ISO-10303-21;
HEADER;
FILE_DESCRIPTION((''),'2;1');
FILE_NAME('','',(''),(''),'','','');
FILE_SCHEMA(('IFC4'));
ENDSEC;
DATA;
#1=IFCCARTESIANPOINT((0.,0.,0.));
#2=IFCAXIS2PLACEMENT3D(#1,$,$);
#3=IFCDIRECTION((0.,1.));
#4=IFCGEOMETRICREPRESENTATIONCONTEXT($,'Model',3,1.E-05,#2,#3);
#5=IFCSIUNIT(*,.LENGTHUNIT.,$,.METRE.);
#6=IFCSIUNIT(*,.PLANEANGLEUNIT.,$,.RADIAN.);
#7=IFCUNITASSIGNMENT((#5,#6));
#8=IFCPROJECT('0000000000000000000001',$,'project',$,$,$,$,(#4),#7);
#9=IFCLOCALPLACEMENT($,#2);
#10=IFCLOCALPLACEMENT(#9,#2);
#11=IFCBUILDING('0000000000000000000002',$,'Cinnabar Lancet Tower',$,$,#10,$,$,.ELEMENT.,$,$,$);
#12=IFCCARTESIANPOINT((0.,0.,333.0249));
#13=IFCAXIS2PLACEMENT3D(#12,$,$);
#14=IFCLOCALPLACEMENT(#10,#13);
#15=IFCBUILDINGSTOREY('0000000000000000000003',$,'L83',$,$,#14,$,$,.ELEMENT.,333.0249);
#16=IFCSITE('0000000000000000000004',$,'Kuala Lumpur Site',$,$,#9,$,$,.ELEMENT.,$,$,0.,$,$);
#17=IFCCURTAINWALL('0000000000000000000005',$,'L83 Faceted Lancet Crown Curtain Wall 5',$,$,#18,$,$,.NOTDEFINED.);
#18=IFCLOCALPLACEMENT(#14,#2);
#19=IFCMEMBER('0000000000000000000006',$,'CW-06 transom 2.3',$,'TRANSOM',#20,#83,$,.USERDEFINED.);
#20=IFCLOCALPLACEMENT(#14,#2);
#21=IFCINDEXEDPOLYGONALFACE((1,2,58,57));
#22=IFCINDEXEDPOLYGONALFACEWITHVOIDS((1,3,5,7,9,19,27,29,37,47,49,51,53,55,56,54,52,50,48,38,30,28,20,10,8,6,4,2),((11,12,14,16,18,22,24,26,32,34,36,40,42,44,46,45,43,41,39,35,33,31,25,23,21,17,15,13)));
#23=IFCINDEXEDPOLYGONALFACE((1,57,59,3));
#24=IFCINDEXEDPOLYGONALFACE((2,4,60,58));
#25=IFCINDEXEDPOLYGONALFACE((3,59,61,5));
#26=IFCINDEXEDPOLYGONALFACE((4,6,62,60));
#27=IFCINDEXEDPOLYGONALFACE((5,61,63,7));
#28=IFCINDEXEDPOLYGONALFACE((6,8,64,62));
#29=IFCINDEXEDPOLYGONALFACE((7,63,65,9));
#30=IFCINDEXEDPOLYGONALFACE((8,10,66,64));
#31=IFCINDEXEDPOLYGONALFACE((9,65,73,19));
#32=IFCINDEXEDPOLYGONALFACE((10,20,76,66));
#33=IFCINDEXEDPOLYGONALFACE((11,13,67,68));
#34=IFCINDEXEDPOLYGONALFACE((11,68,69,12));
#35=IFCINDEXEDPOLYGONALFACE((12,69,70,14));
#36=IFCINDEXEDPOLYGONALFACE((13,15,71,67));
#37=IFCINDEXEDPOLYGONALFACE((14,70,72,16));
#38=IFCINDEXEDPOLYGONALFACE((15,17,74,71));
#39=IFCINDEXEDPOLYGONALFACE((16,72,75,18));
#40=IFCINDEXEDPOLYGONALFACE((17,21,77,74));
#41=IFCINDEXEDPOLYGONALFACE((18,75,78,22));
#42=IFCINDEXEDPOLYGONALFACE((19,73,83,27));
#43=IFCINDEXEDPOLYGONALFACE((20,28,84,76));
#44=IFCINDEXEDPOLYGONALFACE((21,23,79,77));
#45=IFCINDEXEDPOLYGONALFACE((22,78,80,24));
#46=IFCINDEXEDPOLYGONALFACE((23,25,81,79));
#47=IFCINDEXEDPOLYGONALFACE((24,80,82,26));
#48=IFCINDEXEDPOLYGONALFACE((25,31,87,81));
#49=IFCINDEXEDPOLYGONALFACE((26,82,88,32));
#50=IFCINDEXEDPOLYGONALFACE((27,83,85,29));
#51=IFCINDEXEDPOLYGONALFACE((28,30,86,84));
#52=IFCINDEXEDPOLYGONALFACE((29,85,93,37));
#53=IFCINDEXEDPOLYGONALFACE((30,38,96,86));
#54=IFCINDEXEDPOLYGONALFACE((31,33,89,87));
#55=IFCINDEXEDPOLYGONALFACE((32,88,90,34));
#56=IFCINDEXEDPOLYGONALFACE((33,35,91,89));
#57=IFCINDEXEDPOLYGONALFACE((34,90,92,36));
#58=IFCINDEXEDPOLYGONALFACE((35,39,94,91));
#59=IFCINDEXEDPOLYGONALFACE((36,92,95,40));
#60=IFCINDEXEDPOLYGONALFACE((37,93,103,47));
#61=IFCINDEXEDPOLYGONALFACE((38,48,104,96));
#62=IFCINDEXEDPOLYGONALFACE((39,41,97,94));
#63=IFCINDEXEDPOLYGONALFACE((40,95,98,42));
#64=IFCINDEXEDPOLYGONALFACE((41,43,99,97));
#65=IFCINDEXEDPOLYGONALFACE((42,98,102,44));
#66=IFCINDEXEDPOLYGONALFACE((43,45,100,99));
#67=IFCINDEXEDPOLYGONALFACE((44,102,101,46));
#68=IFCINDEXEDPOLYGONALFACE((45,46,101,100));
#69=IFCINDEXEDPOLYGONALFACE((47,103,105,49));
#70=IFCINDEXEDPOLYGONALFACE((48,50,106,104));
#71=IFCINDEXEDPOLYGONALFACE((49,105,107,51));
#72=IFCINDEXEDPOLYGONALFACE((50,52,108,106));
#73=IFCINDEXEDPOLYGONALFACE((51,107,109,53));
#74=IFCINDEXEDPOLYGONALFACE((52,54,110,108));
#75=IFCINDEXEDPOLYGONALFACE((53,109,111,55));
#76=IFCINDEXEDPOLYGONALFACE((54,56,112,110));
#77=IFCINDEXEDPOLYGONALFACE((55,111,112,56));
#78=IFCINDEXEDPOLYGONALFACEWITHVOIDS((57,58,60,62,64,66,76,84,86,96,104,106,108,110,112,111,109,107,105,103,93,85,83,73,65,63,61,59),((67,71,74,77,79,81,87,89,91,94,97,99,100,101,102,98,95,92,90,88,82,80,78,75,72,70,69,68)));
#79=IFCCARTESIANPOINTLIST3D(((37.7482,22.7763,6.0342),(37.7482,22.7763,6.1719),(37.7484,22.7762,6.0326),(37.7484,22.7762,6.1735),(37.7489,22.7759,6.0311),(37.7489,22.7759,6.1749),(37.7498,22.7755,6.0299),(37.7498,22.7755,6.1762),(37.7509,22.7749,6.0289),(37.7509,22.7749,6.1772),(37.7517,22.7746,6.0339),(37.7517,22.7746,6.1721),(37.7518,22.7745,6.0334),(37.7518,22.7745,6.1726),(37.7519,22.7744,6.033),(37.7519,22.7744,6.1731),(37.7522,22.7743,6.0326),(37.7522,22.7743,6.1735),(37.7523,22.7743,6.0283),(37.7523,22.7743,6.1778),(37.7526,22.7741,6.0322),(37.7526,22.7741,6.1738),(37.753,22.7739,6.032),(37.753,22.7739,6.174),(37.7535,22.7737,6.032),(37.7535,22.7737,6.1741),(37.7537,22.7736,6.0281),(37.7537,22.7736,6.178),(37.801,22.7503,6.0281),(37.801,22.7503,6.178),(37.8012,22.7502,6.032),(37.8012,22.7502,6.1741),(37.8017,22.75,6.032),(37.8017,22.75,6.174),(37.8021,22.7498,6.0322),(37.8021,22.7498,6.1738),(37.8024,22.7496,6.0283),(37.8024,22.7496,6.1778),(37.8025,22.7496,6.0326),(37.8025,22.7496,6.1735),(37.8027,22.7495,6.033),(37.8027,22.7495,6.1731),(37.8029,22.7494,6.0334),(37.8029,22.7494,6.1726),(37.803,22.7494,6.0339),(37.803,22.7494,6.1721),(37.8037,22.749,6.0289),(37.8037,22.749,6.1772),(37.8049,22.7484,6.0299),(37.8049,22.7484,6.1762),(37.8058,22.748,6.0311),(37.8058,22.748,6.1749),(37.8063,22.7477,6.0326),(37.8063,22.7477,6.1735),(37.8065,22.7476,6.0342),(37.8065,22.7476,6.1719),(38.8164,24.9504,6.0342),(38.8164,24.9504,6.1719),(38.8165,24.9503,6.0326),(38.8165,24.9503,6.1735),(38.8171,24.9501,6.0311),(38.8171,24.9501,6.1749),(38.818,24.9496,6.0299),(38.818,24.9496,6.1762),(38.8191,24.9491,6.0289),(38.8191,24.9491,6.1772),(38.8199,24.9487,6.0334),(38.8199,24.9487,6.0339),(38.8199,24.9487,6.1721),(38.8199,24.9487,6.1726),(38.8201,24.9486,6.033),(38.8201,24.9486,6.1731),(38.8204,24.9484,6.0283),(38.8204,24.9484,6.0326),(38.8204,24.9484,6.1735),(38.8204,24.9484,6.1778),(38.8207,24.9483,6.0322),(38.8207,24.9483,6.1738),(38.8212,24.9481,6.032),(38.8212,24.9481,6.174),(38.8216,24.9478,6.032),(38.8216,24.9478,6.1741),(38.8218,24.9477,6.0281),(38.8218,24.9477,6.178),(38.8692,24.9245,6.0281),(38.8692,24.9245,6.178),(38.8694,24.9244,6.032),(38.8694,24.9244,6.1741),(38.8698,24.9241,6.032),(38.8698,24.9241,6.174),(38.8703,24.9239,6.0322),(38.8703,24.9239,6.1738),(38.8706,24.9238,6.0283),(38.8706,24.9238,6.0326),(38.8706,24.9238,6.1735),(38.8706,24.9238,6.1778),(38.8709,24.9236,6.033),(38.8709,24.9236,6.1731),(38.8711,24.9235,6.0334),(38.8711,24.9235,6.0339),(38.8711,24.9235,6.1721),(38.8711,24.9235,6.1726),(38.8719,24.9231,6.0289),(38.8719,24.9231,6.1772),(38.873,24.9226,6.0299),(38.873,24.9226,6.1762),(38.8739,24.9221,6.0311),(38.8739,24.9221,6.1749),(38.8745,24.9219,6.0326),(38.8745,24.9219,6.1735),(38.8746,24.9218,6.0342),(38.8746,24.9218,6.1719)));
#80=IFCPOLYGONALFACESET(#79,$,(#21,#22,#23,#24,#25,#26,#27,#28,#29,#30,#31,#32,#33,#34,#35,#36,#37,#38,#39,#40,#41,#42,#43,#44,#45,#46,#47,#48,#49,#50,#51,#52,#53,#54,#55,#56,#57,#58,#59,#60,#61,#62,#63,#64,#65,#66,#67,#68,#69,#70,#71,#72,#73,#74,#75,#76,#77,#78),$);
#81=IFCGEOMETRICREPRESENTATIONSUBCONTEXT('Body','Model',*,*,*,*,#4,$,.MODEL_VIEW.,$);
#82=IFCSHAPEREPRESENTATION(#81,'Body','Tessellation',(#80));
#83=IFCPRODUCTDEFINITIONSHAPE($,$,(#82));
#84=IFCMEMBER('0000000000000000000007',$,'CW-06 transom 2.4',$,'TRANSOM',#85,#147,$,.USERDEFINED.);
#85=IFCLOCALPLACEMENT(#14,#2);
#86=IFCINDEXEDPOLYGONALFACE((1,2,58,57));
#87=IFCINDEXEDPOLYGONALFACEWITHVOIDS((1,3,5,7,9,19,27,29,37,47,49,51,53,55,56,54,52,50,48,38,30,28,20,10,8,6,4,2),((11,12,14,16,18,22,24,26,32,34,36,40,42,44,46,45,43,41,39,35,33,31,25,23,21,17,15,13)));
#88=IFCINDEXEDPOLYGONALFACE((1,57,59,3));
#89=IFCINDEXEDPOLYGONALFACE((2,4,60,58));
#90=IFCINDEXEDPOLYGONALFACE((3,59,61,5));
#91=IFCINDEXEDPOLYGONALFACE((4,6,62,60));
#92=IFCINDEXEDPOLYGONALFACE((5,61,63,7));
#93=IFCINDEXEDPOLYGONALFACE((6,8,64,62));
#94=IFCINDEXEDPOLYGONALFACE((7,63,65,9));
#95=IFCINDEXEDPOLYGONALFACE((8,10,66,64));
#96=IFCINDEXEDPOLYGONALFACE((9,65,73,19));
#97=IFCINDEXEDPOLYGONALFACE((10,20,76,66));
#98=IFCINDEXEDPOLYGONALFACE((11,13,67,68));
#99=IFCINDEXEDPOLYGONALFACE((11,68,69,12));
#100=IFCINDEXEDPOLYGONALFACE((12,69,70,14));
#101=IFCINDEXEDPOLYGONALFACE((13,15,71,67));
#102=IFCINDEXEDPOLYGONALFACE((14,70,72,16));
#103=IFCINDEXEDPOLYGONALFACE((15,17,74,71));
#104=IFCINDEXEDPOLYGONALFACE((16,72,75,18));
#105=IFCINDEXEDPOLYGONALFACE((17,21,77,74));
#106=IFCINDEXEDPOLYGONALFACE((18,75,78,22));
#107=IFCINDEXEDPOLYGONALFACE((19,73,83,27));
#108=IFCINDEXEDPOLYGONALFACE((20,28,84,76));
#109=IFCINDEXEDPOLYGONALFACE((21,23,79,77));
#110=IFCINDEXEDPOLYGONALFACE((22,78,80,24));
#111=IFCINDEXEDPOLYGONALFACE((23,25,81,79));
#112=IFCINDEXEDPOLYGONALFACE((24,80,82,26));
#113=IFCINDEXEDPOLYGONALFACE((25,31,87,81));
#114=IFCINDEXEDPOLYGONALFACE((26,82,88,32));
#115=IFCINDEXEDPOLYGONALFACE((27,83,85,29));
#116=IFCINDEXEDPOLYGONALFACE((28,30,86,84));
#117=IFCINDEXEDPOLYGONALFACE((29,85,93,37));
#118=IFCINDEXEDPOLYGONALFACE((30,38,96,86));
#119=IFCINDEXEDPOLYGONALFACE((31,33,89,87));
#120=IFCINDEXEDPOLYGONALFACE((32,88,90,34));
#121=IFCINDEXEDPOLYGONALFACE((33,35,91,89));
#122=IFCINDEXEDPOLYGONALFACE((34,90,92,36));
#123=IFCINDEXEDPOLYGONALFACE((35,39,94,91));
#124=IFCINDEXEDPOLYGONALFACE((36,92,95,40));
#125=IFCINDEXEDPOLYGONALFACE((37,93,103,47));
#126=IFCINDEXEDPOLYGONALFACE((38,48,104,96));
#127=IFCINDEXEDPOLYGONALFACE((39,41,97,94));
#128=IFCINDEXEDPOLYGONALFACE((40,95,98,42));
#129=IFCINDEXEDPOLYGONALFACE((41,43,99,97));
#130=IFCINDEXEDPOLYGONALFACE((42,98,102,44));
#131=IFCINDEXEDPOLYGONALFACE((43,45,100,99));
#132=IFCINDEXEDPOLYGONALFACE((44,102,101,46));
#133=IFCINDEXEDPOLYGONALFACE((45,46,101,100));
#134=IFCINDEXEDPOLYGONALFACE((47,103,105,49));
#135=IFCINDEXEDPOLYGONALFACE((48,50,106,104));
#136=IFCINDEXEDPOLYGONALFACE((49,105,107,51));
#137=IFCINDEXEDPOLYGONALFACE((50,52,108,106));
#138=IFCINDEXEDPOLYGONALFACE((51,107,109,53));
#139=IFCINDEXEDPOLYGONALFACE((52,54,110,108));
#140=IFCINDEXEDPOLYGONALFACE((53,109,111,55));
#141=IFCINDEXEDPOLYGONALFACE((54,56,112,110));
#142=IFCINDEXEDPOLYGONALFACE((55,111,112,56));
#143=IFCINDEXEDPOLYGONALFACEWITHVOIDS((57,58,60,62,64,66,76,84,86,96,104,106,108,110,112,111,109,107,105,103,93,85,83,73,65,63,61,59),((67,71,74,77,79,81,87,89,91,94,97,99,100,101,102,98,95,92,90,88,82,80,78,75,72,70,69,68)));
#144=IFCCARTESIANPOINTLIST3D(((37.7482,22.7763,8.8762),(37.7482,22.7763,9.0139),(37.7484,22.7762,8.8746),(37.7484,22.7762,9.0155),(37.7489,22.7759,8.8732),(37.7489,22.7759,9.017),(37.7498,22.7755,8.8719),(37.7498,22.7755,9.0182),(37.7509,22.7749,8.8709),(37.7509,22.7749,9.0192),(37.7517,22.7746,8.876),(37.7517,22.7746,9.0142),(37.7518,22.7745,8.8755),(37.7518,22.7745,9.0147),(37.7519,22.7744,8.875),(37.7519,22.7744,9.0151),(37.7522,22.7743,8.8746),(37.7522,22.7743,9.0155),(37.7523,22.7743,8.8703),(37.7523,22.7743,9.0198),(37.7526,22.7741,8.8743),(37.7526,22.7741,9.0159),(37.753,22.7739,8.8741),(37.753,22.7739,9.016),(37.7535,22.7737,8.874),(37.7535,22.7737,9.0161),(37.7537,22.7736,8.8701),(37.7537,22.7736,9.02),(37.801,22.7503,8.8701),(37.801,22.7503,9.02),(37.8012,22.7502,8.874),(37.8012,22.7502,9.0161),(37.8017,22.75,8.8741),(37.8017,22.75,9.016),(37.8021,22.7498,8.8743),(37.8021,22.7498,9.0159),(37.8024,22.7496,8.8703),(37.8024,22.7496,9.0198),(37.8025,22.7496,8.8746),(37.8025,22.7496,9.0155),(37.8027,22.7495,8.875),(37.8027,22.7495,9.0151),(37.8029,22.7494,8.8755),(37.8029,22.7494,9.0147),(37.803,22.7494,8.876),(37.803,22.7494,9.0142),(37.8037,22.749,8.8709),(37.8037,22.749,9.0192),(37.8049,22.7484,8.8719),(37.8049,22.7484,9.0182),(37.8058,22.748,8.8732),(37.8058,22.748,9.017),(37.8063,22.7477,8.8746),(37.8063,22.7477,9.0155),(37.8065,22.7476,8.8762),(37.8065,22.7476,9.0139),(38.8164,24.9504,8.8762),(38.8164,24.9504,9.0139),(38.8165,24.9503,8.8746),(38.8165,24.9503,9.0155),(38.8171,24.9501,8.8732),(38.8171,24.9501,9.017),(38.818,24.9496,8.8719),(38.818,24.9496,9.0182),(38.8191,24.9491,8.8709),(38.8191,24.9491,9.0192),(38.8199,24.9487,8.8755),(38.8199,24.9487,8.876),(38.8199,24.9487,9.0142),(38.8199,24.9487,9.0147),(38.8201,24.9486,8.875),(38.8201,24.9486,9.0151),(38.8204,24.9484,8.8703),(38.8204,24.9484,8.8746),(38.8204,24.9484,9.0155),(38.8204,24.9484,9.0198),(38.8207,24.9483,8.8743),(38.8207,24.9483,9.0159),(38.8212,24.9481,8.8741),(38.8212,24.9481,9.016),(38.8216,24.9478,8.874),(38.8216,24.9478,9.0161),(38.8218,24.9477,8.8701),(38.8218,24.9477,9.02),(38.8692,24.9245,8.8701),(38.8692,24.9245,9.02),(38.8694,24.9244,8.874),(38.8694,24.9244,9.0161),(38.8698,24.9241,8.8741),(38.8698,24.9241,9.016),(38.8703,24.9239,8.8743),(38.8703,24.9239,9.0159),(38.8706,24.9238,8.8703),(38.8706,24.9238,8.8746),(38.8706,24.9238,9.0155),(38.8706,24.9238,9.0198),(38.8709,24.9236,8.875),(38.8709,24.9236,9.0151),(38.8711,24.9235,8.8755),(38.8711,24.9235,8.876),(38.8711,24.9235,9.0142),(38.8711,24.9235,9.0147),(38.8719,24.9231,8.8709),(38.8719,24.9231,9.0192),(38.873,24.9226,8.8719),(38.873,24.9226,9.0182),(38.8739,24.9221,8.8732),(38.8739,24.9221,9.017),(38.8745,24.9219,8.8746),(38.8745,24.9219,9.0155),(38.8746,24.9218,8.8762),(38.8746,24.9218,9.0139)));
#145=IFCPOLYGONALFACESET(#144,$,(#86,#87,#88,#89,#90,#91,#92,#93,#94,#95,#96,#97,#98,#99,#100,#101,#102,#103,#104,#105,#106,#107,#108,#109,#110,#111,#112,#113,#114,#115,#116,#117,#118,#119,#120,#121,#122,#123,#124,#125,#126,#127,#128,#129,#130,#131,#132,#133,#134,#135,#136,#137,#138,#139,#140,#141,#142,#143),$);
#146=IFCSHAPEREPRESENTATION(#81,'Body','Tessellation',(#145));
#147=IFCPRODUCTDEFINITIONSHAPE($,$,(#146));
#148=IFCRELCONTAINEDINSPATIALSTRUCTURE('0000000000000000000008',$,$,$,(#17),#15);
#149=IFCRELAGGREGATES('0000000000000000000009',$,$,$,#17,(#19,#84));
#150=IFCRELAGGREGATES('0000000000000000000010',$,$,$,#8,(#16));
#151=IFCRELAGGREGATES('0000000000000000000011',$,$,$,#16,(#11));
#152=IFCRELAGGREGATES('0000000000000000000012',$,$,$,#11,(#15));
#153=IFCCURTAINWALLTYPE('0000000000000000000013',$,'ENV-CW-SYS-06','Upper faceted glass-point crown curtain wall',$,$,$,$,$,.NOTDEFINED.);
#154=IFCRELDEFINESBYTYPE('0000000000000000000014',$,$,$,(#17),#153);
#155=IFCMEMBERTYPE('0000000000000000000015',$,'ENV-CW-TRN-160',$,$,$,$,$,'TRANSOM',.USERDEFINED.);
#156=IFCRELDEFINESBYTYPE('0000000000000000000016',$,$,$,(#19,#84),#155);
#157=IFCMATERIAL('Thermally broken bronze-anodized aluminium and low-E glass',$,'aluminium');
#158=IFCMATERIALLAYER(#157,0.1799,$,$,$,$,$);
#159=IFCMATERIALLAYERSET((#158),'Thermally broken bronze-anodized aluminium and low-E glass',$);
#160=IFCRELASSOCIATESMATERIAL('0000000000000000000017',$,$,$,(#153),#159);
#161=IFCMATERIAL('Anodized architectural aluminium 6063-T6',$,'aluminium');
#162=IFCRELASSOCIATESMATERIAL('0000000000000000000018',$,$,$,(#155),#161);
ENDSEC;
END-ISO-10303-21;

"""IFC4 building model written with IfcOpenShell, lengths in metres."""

from ifc_helpers import new_model, si_unit, direction, frame, origin, origin_2d, place, context, subcontext, project, spatial, hollow_rectangle, extrude, material, layer, layer_set, material_profile, profile_set, type_object, element, aggregate, save


model = new_model("IFC4")

# Units and contexts
model_context = context("Model", 3, precision=1e-05, world=origin(), true_north=direction((0.0, 1.0)))
body_context = subcontext(model_context, "Body", "Model", "MODEL_VIEW")
ifc_project = project(units=[si_unit("LENGTHUNIT", "METRE"), si_unit("PLANEANGLEUNIT", "RADIAN")], contexts=[model_context])

# Site, building, storey
site_placement = place(None, origin())
site = spatial("IfcSite", under=ifc_project, at=site_placement, Name="Kuala Lumpur Site", CompositionType="ELEMENT", RefElevation=0.0)
building_placement = place(site_placement, origin())
building = spatial("IfcBuilding", under=site, at=building_placement, Name="Cinnabar Lancet Tower", CompositionType="ELEMENT")
storey_placement = place(building_placement, frame((0.0, 0.0, 333.0249)))
storey = spatial("IfcBuildingStorey", under=building, at=storey_placement, Name="L83", CompositionType="ELEMENT", Elevation=333.0249)

# Curtain wall
ifc_material_1 = material(Name="Thermally broken bronze-anodized aluminium and low-E glass", Category="aluminium")
ifc_layer_1 = layer(ifc_material_1, 0.1799)
ifc_layer_set_1 = layer_set([ifc_layer_1], Name="Thermally broken bronze-anodized aluminium and low-E glass")
curtain_wall_type = type_object("IfcCurtainWallType", Name="ENV-CW-SYS-06", Description="Upper faceted glass-point crown curtain wall", PredefinedType="NOTDEFINED", material=ifc_layer_set_1)
curtain_wall_1_placement = place(storey_placement, origin())
curtain_wall_1 = element("IfcCurtainWall", 1, at=curtain_wall_1_placement, inside=storey, type_object=curtain_wall_type, Name="L83 Faceted Lancet Crown Curtain Wall 5", PredefinedType="NOTDEFINED")

# Members
ifc_material_2 = material(Name="Anodized architectural aluminium 6063-T6", Category="aluminium")
ifc_material_profile_1 = material_profile(ifc_material_2, hollow_rectangle(XDim=0.0649, YDim=0.1499, WallThickness=0.0039, InnerFilletRadius=0.002, OuterFilletRadius=0.0061, at=origin_2d()), Name="CW-TRN 150x65x4")
ifc_profile_set_1 = profile_set([ifc_material_profile_1], Name="Anodized architectural aluminium 6063-T6")
member_type_1 = type_object("IfcMemberType", Name="ENV-CW-TRN-160", ElementType="TRANSOM", PredefinedType="USERDEFINED", material=ifc_profile_set_1)
member_1_placement = place(storey_placement, frame((37.7773, 22.762, 6.103), z_axis=(0.440954, 0.89753, 0.0), x_axis=(-0.89753, 0.440954, 0.0)))
member_1 = element("IfcMember", 2, at=member_1_placement, type_object=member_type_1, Name="CW-06 transom 2.3", ObjectType="TRANSOM", PredefinedType="USERDEFINED", context=body_context, shape_type="SweptSolid", body=[
    extrude(hollow_rectangle(XDim=0.0649, YDim=0.1499, WallThickness=0.0039, InnerFilletRadius=0.002, OuterFilletRadius=0.0061, at=origin_2d()), origin(), (0.0, 0.0, 1.0), 2.4224),
])
member_2_placement = place(storey_placement, frame((37.7773, 22.762, 8.9451), z_axis=(0.440954, 0.89753, 0.0), x_axis=(-0.89753, 0.440954, 0.0)))
member_2 = element("IfcMember", 3, at=member_2_placement, type_object=member_type_1, Name="CW-06 transom 2.4", ObjectType="TRANSOM", PredefinedType="USERDEFINED", context=body_context, shape_type="SweptSolid", body=[
    extrude(hollow_rectangle(XDim=0.0649, YDim=0.1499, WallThickness=0.0039, InnerFilletRadius=0.002, OuterFilletRadius=0.0061, at=origin_2d()), origin(), (0.0, 0.0, 1.0), 2.4224),
])

aggregate(curtain_wall_1, [member_1, member_2])

save(model, "model.ifc")
